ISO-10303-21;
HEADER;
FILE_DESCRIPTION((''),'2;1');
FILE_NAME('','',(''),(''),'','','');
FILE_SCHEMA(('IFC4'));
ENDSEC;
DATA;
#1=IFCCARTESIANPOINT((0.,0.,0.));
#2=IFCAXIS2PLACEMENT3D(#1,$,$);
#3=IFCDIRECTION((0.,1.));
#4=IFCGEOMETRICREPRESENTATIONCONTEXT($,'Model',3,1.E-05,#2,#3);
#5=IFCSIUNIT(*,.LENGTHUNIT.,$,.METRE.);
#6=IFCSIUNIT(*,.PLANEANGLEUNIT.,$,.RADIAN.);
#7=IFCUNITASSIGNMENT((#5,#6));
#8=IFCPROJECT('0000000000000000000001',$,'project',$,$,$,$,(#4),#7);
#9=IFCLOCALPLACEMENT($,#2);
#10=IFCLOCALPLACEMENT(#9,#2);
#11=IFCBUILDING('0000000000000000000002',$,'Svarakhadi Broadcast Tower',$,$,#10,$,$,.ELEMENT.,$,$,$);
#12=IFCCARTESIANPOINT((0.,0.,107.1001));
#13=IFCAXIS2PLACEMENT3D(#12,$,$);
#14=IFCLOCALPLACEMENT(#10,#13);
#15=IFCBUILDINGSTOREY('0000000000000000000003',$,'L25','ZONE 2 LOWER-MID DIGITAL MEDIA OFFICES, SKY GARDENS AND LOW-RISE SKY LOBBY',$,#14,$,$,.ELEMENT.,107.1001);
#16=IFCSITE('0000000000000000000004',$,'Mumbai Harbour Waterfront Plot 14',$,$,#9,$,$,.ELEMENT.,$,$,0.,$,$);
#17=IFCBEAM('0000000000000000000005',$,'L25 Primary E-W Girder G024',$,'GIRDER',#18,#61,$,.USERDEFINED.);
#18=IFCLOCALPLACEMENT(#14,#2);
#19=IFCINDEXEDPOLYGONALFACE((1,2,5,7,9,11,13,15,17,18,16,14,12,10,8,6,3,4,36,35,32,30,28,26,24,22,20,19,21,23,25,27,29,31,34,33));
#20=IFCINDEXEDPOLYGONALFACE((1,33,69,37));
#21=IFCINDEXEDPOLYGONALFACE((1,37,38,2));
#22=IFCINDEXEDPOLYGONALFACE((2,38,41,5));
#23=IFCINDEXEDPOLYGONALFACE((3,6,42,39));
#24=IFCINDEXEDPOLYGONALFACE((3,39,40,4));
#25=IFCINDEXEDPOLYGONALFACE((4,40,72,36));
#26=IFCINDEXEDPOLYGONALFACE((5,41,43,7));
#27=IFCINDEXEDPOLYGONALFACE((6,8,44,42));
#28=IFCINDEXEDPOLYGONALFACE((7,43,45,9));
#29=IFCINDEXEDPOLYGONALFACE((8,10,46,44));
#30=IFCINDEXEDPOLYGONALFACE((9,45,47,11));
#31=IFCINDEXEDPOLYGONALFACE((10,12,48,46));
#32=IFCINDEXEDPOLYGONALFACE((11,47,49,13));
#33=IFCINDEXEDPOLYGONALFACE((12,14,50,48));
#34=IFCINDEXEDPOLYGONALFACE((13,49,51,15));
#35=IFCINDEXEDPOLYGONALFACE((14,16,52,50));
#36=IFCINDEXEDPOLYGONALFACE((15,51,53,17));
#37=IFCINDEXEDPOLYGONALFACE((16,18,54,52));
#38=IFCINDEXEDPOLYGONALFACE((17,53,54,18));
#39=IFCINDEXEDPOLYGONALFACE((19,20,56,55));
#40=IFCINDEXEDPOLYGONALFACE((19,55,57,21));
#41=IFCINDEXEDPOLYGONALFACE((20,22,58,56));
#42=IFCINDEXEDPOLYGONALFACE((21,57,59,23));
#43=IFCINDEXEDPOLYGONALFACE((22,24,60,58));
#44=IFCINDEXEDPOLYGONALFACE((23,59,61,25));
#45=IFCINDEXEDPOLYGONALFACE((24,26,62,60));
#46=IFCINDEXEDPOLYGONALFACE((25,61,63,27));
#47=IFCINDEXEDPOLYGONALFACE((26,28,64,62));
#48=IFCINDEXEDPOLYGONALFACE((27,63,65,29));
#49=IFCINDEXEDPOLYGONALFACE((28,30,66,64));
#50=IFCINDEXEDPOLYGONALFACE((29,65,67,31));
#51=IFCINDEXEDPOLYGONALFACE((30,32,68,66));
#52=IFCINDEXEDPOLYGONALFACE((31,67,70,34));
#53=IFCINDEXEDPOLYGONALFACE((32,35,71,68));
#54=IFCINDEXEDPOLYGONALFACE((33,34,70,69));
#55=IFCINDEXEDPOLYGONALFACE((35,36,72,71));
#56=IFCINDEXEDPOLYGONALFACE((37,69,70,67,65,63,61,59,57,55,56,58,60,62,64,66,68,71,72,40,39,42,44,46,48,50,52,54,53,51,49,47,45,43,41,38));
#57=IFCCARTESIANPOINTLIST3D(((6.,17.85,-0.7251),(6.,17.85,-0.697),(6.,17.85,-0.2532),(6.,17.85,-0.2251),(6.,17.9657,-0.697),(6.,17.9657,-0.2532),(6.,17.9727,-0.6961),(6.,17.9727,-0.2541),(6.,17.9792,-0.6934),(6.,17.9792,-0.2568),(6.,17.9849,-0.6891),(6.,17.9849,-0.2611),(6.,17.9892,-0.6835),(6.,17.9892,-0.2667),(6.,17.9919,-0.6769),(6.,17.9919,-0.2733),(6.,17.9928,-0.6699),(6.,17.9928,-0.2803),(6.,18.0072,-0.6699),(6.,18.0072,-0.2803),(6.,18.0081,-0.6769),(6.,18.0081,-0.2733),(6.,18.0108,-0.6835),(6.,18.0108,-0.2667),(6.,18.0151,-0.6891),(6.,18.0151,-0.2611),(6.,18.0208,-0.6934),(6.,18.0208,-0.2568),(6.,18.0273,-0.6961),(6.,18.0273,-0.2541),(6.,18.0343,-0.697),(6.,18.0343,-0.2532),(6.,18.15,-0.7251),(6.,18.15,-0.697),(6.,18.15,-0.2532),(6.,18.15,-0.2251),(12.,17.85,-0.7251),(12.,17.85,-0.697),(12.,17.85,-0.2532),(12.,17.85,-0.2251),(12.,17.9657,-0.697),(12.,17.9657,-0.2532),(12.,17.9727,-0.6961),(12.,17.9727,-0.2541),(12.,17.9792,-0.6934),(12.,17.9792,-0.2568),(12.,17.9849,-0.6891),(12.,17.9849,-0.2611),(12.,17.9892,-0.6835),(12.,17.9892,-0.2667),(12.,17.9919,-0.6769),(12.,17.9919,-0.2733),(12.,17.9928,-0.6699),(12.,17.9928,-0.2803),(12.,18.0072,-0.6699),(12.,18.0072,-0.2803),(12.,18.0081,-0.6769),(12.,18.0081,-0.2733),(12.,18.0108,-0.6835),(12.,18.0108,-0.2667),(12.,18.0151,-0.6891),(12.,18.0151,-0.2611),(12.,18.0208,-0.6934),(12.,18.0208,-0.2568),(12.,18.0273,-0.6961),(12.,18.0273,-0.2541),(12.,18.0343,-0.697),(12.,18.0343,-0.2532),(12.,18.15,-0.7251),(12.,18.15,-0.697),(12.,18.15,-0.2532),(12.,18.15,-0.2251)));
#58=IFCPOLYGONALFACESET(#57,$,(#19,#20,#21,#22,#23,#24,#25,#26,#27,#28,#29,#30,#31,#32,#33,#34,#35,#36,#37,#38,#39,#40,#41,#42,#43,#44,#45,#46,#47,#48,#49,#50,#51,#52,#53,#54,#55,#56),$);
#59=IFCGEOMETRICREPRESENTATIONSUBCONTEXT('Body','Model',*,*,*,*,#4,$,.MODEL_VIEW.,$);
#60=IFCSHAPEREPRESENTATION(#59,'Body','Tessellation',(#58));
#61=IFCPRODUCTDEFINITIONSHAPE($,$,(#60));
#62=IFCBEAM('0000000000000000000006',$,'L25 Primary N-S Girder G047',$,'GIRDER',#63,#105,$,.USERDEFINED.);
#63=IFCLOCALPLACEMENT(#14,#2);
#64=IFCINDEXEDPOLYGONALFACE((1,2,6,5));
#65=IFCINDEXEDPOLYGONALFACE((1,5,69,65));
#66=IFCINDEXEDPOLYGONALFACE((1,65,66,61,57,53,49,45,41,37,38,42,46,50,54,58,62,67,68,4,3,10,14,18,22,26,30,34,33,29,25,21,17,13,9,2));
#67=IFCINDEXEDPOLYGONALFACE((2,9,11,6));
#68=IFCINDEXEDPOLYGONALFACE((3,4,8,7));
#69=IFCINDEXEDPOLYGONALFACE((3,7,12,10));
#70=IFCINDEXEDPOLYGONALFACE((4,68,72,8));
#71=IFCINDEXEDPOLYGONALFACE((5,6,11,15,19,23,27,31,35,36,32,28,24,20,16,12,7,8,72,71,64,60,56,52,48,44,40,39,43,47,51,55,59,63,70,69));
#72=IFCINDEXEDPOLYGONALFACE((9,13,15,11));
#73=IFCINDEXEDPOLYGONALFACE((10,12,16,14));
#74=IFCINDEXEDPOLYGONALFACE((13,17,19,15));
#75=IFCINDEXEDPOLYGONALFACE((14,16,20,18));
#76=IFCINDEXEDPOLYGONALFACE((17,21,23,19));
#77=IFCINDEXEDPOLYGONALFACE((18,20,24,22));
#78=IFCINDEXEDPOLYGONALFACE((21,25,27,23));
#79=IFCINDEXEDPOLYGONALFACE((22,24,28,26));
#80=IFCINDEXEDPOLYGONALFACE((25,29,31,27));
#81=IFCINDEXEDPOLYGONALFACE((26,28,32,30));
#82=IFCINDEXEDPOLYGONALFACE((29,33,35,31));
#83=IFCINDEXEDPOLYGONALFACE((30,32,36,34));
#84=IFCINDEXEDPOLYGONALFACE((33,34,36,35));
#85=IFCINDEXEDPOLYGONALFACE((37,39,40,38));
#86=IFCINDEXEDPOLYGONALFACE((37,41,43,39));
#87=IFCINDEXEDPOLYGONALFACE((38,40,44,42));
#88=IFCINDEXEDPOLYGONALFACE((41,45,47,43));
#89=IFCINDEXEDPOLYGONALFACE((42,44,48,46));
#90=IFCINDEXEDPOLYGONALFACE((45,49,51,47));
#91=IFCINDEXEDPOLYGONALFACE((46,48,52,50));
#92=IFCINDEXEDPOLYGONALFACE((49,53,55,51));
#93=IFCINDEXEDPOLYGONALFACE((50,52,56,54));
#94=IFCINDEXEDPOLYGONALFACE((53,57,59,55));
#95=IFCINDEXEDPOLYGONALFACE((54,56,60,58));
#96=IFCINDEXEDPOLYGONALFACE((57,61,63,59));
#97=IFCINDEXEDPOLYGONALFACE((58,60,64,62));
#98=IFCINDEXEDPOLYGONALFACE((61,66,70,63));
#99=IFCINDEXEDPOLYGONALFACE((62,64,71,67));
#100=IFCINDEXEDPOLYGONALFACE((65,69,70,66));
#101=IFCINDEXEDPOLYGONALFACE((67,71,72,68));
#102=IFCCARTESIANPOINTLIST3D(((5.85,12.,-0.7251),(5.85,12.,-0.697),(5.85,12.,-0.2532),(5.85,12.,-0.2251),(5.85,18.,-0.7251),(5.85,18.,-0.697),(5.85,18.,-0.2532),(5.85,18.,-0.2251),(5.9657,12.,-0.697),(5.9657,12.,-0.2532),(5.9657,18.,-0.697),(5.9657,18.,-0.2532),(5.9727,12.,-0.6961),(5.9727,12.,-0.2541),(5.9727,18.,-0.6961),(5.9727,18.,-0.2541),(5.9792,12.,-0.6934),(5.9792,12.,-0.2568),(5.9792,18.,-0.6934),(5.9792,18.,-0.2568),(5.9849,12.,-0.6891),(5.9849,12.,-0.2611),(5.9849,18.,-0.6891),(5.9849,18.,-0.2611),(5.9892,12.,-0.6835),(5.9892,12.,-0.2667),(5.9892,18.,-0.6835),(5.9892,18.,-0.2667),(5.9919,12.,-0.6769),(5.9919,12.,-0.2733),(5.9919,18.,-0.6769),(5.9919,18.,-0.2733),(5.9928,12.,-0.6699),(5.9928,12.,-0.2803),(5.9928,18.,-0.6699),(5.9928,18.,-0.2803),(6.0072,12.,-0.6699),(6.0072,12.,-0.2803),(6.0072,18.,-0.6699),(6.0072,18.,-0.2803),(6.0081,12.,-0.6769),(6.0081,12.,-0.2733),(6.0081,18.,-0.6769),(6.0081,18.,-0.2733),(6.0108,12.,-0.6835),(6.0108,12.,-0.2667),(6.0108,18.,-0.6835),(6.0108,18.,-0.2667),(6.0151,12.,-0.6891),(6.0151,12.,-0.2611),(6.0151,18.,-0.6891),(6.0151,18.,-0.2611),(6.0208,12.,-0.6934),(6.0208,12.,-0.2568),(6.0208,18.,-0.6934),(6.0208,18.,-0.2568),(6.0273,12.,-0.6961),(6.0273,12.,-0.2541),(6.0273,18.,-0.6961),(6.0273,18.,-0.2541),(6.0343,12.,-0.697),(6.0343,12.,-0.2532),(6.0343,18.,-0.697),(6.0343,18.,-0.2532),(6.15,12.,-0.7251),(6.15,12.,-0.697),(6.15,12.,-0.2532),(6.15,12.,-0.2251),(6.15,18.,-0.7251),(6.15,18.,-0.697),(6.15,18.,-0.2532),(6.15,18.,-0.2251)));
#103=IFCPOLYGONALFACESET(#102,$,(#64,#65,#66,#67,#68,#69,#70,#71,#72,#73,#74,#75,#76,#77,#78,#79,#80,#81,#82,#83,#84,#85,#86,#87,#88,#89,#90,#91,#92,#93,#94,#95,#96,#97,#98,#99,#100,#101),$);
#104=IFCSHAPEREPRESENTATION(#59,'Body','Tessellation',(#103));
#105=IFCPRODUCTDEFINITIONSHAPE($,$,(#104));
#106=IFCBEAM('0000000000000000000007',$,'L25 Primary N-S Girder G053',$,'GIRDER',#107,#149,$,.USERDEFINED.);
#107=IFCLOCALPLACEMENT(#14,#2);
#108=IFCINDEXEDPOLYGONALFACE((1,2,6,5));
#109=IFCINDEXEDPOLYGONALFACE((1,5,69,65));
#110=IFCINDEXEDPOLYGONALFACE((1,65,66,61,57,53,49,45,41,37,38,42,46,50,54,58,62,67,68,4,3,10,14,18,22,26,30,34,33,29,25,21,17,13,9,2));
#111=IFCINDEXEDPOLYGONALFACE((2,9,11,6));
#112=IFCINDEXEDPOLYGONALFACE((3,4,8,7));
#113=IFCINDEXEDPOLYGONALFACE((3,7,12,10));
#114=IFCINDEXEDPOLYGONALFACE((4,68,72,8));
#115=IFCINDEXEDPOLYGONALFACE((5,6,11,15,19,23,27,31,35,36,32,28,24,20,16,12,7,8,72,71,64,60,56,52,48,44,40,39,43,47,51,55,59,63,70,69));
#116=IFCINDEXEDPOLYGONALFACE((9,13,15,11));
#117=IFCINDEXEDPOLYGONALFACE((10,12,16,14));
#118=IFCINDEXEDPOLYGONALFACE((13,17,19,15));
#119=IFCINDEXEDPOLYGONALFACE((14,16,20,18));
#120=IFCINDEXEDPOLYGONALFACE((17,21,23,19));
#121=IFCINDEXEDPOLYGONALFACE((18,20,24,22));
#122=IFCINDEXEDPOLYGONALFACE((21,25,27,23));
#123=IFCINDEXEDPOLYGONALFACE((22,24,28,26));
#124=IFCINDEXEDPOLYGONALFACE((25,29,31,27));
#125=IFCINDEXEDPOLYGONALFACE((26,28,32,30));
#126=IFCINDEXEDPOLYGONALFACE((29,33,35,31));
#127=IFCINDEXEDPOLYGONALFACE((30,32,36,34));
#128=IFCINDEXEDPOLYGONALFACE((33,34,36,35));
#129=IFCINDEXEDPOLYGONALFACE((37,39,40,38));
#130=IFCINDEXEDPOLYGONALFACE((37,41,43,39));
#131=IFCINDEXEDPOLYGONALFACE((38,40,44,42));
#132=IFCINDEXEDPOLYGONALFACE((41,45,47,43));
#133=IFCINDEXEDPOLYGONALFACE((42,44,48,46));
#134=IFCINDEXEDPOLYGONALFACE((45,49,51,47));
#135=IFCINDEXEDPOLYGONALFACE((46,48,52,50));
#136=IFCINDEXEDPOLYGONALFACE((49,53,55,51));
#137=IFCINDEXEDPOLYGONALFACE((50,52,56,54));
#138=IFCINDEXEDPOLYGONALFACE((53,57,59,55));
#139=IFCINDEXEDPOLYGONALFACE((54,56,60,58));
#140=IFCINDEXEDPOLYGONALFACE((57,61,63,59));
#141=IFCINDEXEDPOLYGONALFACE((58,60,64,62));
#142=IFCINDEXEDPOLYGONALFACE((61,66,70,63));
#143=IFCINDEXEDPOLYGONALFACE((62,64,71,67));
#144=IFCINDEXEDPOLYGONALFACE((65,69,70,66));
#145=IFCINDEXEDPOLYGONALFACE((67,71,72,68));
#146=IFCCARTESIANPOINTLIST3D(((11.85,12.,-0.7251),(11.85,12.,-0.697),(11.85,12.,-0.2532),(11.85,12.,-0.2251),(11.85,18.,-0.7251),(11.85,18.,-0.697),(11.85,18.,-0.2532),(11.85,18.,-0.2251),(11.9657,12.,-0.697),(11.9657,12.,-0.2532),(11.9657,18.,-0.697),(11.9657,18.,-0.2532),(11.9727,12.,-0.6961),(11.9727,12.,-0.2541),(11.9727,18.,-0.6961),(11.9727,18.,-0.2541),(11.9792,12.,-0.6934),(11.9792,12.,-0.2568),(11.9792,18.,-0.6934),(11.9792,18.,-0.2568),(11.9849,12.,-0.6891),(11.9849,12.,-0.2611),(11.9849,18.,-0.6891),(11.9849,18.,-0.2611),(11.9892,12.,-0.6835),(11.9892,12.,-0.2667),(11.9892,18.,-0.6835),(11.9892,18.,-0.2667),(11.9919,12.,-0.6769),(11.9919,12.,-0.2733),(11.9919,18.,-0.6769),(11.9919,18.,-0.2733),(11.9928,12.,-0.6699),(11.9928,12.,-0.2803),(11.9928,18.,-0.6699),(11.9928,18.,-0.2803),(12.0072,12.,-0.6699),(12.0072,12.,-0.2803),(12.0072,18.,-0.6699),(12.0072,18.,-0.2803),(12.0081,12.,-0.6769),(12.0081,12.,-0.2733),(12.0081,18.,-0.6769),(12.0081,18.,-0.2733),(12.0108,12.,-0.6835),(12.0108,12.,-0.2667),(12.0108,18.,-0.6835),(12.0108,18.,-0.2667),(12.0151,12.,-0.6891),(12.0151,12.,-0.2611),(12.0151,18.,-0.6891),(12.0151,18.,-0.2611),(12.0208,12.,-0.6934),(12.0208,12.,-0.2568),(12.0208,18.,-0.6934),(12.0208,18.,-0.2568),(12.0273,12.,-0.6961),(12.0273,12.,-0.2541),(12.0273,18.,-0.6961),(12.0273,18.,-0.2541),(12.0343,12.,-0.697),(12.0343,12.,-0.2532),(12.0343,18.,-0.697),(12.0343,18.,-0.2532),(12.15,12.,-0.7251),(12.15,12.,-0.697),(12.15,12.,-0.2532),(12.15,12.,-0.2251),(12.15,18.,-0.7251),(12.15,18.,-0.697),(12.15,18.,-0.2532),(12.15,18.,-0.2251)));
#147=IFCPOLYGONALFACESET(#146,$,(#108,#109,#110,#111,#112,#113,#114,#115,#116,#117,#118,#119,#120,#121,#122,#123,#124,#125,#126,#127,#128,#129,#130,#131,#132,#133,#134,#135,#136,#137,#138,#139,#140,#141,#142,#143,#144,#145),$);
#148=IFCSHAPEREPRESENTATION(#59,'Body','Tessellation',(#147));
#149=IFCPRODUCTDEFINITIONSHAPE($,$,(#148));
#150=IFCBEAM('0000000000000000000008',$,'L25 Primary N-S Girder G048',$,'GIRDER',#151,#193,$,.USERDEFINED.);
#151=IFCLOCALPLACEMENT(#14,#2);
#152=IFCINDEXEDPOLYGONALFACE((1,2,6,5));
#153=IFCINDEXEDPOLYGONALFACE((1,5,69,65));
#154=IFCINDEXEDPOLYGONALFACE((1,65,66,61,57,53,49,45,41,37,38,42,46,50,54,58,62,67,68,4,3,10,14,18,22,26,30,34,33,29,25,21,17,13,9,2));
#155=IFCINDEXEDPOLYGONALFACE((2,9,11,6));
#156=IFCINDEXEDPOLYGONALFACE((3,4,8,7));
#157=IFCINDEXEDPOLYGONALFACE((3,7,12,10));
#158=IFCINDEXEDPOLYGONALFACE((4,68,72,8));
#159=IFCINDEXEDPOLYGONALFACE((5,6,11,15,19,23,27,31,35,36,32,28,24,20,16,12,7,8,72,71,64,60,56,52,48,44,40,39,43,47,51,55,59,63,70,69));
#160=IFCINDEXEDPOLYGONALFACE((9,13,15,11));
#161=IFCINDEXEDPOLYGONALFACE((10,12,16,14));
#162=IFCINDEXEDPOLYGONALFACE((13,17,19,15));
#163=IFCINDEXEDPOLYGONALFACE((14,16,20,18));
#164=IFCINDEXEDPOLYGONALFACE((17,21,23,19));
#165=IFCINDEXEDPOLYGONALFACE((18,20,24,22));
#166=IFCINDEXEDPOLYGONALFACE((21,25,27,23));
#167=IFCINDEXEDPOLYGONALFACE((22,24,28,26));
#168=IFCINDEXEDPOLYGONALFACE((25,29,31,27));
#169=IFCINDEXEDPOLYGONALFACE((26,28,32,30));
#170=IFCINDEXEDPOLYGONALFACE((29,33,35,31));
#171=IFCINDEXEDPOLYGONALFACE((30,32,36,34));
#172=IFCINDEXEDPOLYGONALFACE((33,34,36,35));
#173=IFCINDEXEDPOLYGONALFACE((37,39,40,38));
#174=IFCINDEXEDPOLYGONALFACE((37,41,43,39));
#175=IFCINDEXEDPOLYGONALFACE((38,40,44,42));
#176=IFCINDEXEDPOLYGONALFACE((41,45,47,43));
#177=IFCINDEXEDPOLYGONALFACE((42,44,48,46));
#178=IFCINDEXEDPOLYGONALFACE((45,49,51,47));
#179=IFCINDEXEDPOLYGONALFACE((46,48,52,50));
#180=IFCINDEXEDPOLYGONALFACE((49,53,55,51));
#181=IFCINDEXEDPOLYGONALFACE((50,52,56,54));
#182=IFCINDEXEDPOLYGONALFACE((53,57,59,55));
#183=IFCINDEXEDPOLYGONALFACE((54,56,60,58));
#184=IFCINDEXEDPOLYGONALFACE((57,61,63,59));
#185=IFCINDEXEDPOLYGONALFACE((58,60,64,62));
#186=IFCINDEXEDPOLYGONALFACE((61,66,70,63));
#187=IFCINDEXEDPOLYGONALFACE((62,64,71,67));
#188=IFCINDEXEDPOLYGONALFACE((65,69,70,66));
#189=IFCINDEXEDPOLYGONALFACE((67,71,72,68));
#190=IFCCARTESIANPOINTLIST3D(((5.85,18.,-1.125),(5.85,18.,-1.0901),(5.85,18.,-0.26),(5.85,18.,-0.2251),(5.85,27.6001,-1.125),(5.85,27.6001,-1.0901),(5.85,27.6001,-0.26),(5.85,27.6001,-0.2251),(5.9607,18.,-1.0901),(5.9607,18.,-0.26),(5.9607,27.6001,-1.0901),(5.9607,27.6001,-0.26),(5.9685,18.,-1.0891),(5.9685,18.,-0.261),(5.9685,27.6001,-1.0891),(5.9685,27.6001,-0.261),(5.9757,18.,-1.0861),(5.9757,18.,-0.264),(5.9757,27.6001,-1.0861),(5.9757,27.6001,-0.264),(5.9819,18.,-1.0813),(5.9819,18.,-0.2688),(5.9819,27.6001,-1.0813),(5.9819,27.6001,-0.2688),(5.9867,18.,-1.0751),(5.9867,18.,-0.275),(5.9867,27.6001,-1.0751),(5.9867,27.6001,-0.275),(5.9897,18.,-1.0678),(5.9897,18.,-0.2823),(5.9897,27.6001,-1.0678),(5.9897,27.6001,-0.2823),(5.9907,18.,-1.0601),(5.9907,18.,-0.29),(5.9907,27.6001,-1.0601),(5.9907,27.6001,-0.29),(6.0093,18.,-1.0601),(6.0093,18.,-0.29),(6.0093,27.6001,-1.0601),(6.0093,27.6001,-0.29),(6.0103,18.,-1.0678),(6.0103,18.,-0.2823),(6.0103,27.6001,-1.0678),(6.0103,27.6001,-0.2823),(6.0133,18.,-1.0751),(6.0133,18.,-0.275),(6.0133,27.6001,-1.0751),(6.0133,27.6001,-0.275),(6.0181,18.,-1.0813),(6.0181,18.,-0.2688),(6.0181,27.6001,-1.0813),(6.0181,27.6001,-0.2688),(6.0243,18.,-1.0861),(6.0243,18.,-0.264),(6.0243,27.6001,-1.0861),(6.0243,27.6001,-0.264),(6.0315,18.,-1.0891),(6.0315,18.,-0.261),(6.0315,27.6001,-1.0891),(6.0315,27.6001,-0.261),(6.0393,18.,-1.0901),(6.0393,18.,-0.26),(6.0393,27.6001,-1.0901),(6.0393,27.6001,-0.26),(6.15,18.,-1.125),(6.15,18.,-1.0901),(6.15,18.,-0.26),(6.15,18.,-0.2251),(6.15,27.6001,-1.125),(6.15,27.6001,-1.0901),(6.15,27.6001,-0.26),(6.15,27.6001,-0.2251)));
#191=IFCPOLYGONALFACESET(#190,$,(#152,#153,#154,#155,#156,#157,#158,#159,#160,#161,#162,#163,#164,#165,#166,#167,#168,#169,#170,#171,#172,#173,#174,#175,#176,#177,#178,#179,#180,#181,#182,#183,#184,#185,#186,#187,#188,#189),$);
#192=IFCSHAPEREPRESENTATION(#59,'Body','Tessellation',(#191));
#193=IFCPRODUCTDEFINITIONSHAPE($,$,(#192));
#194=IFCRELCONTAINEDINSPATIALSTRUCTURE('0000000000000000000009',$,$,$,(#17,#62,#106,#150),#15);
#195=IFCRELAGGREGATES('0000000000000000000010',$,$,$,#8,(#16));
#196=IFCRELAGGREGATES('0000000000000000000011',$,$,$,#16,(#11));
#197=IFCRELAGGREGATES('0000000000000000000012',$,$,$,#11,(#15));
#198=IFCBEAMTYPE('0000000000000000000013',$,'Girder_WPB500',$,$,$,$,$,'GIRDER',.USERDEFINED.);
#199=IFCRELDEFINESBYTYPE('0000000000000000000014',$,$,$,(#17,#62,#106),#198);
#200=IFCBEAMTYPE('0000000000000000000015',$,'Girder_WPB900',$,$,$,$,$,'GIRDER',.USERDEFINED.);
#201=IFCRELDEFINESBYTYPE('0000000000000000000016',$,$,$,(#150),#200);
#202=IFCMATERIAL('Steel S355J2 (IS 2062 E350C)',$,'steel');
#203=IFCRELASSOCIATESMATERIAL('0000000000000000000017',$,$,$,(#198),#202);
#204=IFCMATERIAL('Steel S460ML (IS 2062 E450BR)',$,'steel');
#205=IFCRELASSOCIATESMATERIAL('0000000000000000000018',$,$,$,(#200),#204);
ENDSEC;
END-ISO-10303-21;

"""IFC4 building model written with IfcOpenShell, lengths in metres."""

from ifc_helpers import new_model, si_unit, direction, frame, origin, origin_2d, place, context, subcontext, project, spatial, i_section, extrude, material, material_profile, profile_set, type_object, element, save


model = new_model("IFC4")

# Units and contexts
model_context = context("Model", 3, precision=1e-05, world=origin(), true_north=direction((0.0, 1.0)))
body_context = subcontext(model_context, "Body", "Model", "MODEL_VIEW")
ifc_project = project(units=[si_unit("LENGTHUNIT", "METRE"), si_unit("PLANEANGLEUNIT", "RADIAN")], contexts=[model_context])

# Site, building, storey
site_placement = place(None, origin())
site = spatial("IfcSite", under=ifc_project, at=site_placement, Name="Mumbai Harbour Waterfront Plot 14", CompositionType="ELEMENT", RefElevation=0.0)
building_placement = place(site_placement, origin())
building = spatial("IfcBuilding", under=site, at=building_placement, Name="Svarakhadi Broadcast Tower", CompositionType="ELEMENT")
storey_placement = place(building_placement, frame((0.0, 0.0, 107.1001)))
storey = spatial("IfcBuildingStorey", under=building, at=storey_placement, Name="L25", Description="ZONE 2 LOWER-MID DIGITAL MEDIA OFFICES, SKY GARDENS AND LOW-RISE SKY LOBBY", CompositionType="ELEMENT", Elevation=107.1001)

# Shared definitions
ifc_material_1 = material(Name="Steel S460ML (IS 2062 E450BR)", Category="steel")

# Beams
ifc_material_2 = material(Name="Steel S355J2 (IS 2062 E350C)", Category="steel")
ifc_material_profile_1 = material_profile(ifc_material_2, i_section(OverallWidth=0.3, OverallDepth=0.5, WebThickness=0.0144, FlangeThickness=0.0281, FilletRadius=0.0271, at=origin_2d()), Name="WPB 500x300x187")
ifc_profile_set_1 = profile_set([ifc_material_profile_1], Name="Steel S355J2 (IS 2062 E350C)")
beam_type_1 = type_object("IfcBeamType", Name="Girder_WPB500", ElementType="GIRDER", PredefinedType="USERDEFINED", material=ifc_profile_set_1)
for number, where, z_axis, x_axis, name in (
    (1, (6.0, 18.0, -0.4751), (1.0, 0.0, 0.0), (0.0, 1.0, 0.0), "L25 Primary E-W Girder G024"),
    (2, (6.0, 12.0, -0.4751), (0.0, 1.0, 0.0), (-1.0, 0.0, 0.0), "L25 Primary N-S Girder G047"),
    (3, (12.0, 12.0, -0.4751), (0.0, 1.0, 0.0), (-1.0, 0.0, 0.0), "L25 Primary N-S Girder G053"),
):
    element("IfcBeam", number, at=place(storey_placement, frame(where, z_axis=z_axis, x_axis=x_axis)), inside=storey, type_object=beam_type_1, Name=name, ObjectType="GIRDER", PredefinedType="USERDEFINED", context=body_context, shape_type="SweptSolid", body=[
        extrude(i_section(OverallWidth=0.3, OverallDepth=0.5, WebThickness=0.0144, FlangeThickness=0.0281, FilletRadius=0.0271, at=origin_2d()), origin(), (0.0, 0.0, 1.0), 6.0),
    ])
ifc_material_profile_2 = material_profile(ifc_material_1, i_section(OverallWidth=0.3, OverallDepth=0.8999, WebThickness=0.0186, FlangeThickness=0.0349, FilletRadius=0.03, at=origin_2d()), Name="WPB 900x300x291")
ifc_profile_set_2 = profile_set([ifc_material_profile_2], Name="Steel S460ML (IS 2062 E450BR)")
beam_type_2 = type_object("IfcBeamType", Name="Girder_WPB900", ElementType="GIRDER", PredefinedType="USERDEFINED", material=ifc_profile_set_2)
beam_placement = place(storey_placement, frame((6.0, 18.0, -0.675), z_axis=(0.0, 1.0, 0.0), x_axis=(-1.0, 0.0, 0.0)))
element("IfcBeam", 4, at=beam_placement, inside=storey, type_object=beam_type_2, Name="L25 Primary N-S Girder G048", ObjectType="GIRDER", PredefinedType="USERDEFINED", context=body_context, shape_type="SweptSolid", body=[
    extrude(i_section(OverallWidth=0.3, OverallDepth=0.8999, WebThickness=0.0186, FlangeThickness=0.0349, FilletRadius=0.03, at=origin_2d()), origin(), (0.0, 0.0, 1.0), 9.6001),
])

save(model, "model.ifc")
